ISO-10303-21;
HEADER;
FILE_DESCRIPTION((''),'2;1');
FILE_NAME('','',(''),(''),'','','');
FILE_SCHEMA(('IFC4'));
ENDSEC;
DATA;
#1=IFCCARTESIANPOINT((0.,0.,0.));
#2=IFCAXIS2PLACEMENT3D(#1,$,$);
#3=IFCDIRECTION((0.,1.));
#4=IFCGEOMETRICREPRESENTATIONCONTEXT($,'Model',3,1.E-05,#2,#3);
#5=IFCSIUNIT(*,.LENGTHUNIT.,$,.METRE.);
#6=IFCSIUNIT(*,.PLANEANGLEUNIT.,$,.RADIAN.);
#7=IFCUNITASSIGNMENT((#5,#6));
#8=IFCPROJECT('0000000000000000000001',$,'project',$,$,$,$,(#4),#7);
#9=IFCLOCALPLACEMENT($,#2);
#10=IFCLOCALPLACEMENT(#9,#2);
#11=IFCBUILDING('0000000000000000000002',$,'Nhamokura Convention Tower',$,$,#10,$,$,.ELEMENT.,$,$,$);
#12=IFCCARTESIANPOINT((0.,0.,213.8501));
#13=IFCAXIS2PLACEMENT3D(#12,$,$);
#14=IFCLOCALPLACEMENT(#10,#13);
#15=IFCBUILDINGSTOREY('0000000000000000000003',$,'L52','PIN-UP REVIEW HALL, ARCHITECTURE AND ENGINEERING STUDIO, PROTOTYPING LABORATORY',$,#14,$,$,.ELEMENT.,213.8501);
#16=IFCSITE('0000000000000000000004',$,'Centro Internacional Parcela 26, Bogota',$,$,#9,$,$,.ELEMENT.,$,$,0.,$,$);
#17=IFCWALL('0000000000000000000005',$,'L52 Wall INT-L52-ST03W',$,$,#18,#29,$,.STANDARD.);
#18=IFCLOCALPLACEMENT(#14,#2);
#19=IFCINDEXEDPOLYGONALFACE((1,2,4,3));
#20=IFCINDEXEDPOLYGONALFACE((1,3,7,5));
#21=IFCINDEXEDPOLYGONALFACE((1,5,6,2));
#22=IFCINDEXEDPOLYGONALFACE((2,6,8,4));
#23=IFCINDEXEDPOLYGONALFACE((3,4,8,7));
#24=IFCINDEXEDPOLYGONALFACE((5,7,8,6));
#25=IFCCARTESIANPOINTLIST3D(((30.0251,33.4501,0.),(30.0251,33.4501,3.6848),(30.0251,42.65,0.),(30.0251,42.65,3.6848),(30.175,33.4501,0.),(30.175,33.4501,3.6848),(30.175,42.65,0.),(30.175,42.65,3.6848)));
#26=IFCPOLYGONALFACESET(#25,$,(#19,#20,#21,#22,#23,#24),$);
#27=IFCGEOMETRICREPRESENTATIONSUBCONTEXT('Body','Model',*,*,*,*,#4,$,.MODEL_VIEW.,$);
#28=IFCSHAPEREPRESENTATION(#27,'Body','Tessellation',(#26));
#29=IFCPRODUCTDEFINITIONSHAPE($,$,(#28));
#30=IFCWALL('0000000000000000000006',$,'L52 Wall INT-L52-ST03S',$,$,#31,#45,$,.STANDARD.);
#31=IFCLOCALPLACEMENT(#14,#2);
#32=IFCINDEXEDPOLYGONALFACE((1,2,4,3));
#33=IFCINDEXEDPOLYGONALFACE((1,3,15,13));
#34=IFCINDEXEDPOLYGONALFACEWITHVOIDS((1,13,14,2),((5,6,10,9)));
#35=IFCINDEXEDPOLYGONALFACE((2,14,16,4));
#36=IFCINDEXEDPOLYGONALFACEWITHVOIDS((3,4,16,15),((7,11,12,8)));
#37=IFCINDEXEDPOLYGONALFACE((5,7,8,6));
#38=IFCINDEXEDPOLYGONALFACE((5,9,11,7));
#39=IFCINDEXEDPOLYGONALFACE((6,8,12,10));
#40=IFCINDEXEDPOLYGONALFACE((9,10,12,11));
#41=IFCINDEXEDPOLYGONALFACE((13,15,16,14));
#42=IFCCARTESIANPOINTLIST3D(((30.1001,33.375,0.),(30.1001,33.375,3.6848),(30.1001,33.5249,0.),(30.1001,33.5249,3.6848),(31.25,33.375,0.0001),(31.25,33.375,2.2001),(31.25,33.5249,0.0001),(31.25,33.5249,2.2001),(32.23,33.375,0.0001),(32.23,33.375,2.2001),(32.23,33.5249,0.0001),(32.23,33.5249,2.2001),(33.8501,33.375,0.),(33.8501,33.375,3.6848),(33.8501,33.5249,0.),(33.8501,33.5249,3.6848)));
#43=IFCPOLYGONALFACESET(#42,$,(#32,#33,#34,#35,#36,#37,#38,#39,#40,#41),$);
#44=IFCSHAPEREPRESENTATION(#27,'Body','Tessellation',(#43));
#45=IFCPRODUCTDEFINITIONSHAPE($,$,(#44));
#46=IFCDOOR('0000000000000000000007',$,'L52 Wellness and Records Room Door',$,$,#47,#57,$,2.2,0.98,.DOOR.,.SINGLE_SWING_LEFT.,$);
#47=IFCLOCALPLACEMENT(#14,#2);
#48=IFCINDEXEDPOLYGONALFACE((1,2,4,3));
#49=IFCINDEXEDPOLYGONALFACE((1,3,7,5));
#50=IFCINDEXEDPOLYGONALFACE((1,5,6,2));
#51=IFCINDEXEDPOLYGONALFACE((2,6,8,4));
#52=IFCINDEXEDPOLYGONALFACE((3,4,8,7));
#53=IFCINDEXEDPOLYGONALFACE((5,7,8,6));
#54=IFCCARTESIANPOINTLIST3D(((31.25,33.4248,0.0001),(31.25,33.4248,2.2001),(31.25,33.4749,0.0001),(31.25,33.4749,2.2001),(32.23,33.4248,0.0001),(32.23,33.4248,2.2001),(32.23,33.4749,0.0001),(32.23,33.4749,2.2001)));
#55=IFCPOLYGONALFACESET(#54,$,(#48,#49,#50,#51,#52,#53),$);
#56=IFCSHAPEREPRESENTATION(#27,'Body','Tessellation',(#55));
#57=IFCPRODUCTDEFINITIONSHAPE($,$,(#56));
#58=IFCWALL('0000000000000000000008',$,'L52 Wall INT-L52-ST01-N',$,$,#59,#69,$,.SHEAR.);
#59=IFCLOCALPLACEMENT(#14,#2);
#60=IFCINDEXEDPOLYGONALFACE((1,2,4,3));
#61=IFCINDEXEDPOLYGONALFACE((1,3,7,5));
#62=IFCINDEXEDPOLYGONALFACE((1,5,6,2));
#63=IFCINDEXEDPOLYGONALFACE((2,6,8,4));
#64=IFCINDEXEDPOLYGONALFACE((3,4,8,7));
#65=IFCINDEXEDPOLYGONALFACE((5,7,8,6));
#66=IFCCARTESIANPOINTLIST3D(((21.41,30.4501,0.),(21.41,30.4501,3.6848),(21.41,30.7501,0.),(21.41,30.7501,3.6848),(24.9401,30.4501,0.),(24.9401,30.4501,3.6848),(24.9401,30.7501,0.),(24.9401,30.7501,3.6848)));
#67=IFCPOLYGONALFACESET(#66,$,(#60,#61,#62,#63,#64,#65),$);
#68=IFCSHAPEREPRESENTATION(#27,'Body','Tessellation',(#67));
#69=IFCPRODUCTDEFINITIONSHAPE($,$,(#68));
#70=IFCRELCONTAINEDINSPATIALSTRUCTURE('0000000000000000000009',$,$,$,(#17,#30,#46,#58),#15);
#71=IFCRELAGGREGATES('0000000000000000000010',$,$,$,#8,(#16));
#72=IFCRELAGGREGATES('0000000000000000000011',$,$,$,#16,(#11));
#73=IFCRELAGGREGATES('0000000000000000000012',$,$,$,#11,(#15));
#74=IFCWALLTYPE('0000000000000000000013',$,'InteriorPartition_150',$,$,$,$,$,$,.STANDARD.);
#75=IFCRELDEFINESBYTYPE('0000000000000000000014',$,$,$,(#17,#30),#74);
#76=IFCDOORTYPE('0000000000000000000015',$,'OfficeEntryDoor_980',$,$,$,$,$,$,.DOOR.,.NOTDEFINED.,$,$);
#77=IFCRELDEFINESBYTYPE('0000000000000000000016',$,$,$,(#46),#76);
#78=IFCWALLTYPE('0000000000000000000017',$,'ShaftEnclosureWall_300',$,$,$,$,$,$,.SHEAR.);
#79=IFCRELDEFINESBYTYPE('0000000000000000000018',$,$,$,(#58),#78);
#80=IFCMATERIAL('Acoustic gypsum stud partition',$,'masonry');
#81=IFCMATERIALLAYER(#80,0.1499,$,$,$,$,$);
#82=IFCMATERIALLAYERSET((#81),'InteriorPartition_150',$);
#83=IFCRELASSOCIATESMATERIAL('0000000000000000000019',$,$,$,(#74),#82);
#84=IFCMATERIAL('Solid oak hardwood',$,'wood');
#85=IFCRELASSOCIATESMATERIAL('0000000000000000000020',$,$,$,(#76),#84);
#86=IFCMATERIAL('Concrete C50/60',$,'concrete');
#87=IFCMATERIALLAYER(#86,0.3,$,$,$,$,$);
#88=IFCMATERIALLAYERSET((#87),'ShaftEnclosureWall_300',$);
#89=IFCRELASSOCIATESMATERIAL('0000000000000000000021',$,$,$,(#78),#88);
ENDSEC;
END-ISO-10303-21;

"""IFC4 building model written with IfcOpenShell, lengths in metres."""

from ifc_helpers import new_model, si_unit, direction, frame, frame_2d, origin, place, context, subcontext, project, spatial, rectangle, extrude, material, layer, layer_set, type_object, element, fill, save


model = new_model("IFC4")

# Units and contexts
model_context = context("Model", 3, precision=1e-05, world=origin(), true_north=direction((0.0, 1.0)))
body_context = subcontext(model_context, "Body", "Model", "MODEL_VIEW")
ifc_project = project(units=[si_unit("LENGTHUNIT", "METRE"), si_unit("PLANEANGLEUNIT", "RADIAN")], contexts=[model_context])

# Site, building, storey
site_placement = place(None, origin())
site = spatial("IfcSite", under=ifc_project, at=site_placement, Name="Centro Internacional Parcela 26, Bogota", CompositionType="ELEMENT", RefElevation=0.0)
building_placement = place(site_placement, origin())
building = spatial("IfcBuilding", under=site, at=building_placement, Name="Nhamokura Convention Tower", CompositionType="ELEMENT")
storey_placement = place(building_placement, frame((0.0, 0.0, 213.8501)))
storey = spatial("IfcBuildingStorey", under=building, at=storey_placement, Name="L52", Description="PIN-UP REVIEW HALL, ARCHITECTURE AND ENGINEERING STUDIO, PROTOTYPING LABORATORY", CompositionType="ELEMENT", Elevation=213.8501)

# Wall
ifc_material_1 = material(Name="Acoustic gypsum stud partition", Category="masonry")
ifc_layer_1 = layer(ifc_material_1, 0.1499)
ifc_layer_set_1 = layer_set([ifc_layer_1], Name="InteriorPartition_150")
wall_type_1 = type_object("IfcWallType", Name="InteriorPartition_150", PredefinedType="STANDARD", material=ifc_layer_set_1)
wall_1_placement = place(storey_placement, frame((30.1001, 33.45, 0.0), z_axis=(0.0, 0.0, 1.0), x_axis=(0.0, 1.0, 0.0)))
element("IfcWall", 1, at=wall_1_placement, inside=storey, type_object=wall_type_1, Name="L52 Wall INT-L52-ST03W", PredefinedType="STANDARD", context=body_context, shape_type="SweptSolid", body=[
    extrude(rectangle(XDim=9.2, YDim=0.1499, at=frame_2d((4.6001, 0.0))), origin(), (0.0, 0.0, 1.0), 3.6848),
])

# Wall, opening, door
wall_2_placement = place(storey_placement, frame((30.1001, 33.45, 0.0), z_axis=(0.0, 0.0, 1.0), x_axis=(1.0, 0.0, 0.0)))
wall_2 = element("IfcWall", 2, at=wall_2_placement, inside=storey, type_object=wall_type_1, Name="L52 Wall INT-L52-ST03S", PredefinedType="STANDARD", context=body_context, shape_type="SweptSolid", body=[
    extrude(rectangle(XDim=3.75, YDim=0.1499, at=frame_2d((1.875, 0.0))), origin(), (0.0, 0.0, 1.0), 3.6848),
])
opening_1_placement = place(wall_2_placement, frame((1.1499, 0.0, 0.0)))
opening_1 = element("IfcOpeningElement", 3, at=opening_1_placement, cuts=wall_2, PredefinedType="OPENING", context=body_context, shape_type="SweptSolid", body=[
    extrude(rectangle(XDim=0.98, YDim=2.2, at=frame_2d((0.49, 1.1001))), frame((0.0, 0.085, 0.0), z_axis=(0.0, -1.0, 0.0), x_axis=(1.0, 0.0, 0.0)), (0.0, 0.0, 1.0), 0.1699),
])
ifc_material_2 = material(Name="Solid oak hardwood", Category="wood")
door_type_1 = type_object("IfcDoorType", Name="OfficeEntryDoor_980", OperationType="NOTDEFINED", PredefinedType="DOOR", material=ifc_material_2)
door_1_placement = place(opening_1_placement, origin())
door_1 = element("IfcDoor", 4, at=door_1_placement, inside=storey, type_object=door_type_1, Name="L52 Wellness and Records Room Door", OperationType="SINGLE_SWING_LEFT", OverallHeight=2.2, OverallWidth=0.98, PredefinedType="DOOR", context=body_context, shape_type="SweptSolid", body=[
    extrude(rectangle(XDim=0.98, YDim=2.2, at=frame_2d((0.49, 1.1001))), frame((0.0, 0.0249, 0.0), z_axis=(0.0, -1.0, 0.0), x_axis=(1.0, 0.0, 0.0)), (0.0, 0.0, 1.0), 0.05),
])
fill(opening_1, door_1)

# Wall
ifc_material_3 = material(Name="Concrete C50/60", Category="concrete")
ifc_layer_2 = layer(ifc_material_3, 0.3)
ifc_layer_set_2 = layer_set([ifc_layer_2], Name="ShaftEnclosureWall_300")
wall_type_2 = type_object("IfcWallType", Name="ShaftEnclosureWall_300", PredefinedType="SHEAR", material=ifc_layer_set_2)
wall_3_placement = place(storey_placement, frame((21.4099, 30.6001, 0.0), z_axis=(0.0, 0.0, 1.0), x_axis=(1.0, 0.0, 0.0)))
element("IfcWall", 5, at=wall_3_placement, inside=storey, type_object=wall_type_2, Name="L52 Wall INT-L52-ST01-N", PredefinedType="SHEAR", context=body_context, shape_type="SweptSolid", body=[
    extrude(rectangle(XDim=3.53, YDim=0.3, at=frame_2d((1.7651, 0.0))), origin(), (0.0, 0.0, 1.0), 3.6848),
])

save(model, "model.ifc")
